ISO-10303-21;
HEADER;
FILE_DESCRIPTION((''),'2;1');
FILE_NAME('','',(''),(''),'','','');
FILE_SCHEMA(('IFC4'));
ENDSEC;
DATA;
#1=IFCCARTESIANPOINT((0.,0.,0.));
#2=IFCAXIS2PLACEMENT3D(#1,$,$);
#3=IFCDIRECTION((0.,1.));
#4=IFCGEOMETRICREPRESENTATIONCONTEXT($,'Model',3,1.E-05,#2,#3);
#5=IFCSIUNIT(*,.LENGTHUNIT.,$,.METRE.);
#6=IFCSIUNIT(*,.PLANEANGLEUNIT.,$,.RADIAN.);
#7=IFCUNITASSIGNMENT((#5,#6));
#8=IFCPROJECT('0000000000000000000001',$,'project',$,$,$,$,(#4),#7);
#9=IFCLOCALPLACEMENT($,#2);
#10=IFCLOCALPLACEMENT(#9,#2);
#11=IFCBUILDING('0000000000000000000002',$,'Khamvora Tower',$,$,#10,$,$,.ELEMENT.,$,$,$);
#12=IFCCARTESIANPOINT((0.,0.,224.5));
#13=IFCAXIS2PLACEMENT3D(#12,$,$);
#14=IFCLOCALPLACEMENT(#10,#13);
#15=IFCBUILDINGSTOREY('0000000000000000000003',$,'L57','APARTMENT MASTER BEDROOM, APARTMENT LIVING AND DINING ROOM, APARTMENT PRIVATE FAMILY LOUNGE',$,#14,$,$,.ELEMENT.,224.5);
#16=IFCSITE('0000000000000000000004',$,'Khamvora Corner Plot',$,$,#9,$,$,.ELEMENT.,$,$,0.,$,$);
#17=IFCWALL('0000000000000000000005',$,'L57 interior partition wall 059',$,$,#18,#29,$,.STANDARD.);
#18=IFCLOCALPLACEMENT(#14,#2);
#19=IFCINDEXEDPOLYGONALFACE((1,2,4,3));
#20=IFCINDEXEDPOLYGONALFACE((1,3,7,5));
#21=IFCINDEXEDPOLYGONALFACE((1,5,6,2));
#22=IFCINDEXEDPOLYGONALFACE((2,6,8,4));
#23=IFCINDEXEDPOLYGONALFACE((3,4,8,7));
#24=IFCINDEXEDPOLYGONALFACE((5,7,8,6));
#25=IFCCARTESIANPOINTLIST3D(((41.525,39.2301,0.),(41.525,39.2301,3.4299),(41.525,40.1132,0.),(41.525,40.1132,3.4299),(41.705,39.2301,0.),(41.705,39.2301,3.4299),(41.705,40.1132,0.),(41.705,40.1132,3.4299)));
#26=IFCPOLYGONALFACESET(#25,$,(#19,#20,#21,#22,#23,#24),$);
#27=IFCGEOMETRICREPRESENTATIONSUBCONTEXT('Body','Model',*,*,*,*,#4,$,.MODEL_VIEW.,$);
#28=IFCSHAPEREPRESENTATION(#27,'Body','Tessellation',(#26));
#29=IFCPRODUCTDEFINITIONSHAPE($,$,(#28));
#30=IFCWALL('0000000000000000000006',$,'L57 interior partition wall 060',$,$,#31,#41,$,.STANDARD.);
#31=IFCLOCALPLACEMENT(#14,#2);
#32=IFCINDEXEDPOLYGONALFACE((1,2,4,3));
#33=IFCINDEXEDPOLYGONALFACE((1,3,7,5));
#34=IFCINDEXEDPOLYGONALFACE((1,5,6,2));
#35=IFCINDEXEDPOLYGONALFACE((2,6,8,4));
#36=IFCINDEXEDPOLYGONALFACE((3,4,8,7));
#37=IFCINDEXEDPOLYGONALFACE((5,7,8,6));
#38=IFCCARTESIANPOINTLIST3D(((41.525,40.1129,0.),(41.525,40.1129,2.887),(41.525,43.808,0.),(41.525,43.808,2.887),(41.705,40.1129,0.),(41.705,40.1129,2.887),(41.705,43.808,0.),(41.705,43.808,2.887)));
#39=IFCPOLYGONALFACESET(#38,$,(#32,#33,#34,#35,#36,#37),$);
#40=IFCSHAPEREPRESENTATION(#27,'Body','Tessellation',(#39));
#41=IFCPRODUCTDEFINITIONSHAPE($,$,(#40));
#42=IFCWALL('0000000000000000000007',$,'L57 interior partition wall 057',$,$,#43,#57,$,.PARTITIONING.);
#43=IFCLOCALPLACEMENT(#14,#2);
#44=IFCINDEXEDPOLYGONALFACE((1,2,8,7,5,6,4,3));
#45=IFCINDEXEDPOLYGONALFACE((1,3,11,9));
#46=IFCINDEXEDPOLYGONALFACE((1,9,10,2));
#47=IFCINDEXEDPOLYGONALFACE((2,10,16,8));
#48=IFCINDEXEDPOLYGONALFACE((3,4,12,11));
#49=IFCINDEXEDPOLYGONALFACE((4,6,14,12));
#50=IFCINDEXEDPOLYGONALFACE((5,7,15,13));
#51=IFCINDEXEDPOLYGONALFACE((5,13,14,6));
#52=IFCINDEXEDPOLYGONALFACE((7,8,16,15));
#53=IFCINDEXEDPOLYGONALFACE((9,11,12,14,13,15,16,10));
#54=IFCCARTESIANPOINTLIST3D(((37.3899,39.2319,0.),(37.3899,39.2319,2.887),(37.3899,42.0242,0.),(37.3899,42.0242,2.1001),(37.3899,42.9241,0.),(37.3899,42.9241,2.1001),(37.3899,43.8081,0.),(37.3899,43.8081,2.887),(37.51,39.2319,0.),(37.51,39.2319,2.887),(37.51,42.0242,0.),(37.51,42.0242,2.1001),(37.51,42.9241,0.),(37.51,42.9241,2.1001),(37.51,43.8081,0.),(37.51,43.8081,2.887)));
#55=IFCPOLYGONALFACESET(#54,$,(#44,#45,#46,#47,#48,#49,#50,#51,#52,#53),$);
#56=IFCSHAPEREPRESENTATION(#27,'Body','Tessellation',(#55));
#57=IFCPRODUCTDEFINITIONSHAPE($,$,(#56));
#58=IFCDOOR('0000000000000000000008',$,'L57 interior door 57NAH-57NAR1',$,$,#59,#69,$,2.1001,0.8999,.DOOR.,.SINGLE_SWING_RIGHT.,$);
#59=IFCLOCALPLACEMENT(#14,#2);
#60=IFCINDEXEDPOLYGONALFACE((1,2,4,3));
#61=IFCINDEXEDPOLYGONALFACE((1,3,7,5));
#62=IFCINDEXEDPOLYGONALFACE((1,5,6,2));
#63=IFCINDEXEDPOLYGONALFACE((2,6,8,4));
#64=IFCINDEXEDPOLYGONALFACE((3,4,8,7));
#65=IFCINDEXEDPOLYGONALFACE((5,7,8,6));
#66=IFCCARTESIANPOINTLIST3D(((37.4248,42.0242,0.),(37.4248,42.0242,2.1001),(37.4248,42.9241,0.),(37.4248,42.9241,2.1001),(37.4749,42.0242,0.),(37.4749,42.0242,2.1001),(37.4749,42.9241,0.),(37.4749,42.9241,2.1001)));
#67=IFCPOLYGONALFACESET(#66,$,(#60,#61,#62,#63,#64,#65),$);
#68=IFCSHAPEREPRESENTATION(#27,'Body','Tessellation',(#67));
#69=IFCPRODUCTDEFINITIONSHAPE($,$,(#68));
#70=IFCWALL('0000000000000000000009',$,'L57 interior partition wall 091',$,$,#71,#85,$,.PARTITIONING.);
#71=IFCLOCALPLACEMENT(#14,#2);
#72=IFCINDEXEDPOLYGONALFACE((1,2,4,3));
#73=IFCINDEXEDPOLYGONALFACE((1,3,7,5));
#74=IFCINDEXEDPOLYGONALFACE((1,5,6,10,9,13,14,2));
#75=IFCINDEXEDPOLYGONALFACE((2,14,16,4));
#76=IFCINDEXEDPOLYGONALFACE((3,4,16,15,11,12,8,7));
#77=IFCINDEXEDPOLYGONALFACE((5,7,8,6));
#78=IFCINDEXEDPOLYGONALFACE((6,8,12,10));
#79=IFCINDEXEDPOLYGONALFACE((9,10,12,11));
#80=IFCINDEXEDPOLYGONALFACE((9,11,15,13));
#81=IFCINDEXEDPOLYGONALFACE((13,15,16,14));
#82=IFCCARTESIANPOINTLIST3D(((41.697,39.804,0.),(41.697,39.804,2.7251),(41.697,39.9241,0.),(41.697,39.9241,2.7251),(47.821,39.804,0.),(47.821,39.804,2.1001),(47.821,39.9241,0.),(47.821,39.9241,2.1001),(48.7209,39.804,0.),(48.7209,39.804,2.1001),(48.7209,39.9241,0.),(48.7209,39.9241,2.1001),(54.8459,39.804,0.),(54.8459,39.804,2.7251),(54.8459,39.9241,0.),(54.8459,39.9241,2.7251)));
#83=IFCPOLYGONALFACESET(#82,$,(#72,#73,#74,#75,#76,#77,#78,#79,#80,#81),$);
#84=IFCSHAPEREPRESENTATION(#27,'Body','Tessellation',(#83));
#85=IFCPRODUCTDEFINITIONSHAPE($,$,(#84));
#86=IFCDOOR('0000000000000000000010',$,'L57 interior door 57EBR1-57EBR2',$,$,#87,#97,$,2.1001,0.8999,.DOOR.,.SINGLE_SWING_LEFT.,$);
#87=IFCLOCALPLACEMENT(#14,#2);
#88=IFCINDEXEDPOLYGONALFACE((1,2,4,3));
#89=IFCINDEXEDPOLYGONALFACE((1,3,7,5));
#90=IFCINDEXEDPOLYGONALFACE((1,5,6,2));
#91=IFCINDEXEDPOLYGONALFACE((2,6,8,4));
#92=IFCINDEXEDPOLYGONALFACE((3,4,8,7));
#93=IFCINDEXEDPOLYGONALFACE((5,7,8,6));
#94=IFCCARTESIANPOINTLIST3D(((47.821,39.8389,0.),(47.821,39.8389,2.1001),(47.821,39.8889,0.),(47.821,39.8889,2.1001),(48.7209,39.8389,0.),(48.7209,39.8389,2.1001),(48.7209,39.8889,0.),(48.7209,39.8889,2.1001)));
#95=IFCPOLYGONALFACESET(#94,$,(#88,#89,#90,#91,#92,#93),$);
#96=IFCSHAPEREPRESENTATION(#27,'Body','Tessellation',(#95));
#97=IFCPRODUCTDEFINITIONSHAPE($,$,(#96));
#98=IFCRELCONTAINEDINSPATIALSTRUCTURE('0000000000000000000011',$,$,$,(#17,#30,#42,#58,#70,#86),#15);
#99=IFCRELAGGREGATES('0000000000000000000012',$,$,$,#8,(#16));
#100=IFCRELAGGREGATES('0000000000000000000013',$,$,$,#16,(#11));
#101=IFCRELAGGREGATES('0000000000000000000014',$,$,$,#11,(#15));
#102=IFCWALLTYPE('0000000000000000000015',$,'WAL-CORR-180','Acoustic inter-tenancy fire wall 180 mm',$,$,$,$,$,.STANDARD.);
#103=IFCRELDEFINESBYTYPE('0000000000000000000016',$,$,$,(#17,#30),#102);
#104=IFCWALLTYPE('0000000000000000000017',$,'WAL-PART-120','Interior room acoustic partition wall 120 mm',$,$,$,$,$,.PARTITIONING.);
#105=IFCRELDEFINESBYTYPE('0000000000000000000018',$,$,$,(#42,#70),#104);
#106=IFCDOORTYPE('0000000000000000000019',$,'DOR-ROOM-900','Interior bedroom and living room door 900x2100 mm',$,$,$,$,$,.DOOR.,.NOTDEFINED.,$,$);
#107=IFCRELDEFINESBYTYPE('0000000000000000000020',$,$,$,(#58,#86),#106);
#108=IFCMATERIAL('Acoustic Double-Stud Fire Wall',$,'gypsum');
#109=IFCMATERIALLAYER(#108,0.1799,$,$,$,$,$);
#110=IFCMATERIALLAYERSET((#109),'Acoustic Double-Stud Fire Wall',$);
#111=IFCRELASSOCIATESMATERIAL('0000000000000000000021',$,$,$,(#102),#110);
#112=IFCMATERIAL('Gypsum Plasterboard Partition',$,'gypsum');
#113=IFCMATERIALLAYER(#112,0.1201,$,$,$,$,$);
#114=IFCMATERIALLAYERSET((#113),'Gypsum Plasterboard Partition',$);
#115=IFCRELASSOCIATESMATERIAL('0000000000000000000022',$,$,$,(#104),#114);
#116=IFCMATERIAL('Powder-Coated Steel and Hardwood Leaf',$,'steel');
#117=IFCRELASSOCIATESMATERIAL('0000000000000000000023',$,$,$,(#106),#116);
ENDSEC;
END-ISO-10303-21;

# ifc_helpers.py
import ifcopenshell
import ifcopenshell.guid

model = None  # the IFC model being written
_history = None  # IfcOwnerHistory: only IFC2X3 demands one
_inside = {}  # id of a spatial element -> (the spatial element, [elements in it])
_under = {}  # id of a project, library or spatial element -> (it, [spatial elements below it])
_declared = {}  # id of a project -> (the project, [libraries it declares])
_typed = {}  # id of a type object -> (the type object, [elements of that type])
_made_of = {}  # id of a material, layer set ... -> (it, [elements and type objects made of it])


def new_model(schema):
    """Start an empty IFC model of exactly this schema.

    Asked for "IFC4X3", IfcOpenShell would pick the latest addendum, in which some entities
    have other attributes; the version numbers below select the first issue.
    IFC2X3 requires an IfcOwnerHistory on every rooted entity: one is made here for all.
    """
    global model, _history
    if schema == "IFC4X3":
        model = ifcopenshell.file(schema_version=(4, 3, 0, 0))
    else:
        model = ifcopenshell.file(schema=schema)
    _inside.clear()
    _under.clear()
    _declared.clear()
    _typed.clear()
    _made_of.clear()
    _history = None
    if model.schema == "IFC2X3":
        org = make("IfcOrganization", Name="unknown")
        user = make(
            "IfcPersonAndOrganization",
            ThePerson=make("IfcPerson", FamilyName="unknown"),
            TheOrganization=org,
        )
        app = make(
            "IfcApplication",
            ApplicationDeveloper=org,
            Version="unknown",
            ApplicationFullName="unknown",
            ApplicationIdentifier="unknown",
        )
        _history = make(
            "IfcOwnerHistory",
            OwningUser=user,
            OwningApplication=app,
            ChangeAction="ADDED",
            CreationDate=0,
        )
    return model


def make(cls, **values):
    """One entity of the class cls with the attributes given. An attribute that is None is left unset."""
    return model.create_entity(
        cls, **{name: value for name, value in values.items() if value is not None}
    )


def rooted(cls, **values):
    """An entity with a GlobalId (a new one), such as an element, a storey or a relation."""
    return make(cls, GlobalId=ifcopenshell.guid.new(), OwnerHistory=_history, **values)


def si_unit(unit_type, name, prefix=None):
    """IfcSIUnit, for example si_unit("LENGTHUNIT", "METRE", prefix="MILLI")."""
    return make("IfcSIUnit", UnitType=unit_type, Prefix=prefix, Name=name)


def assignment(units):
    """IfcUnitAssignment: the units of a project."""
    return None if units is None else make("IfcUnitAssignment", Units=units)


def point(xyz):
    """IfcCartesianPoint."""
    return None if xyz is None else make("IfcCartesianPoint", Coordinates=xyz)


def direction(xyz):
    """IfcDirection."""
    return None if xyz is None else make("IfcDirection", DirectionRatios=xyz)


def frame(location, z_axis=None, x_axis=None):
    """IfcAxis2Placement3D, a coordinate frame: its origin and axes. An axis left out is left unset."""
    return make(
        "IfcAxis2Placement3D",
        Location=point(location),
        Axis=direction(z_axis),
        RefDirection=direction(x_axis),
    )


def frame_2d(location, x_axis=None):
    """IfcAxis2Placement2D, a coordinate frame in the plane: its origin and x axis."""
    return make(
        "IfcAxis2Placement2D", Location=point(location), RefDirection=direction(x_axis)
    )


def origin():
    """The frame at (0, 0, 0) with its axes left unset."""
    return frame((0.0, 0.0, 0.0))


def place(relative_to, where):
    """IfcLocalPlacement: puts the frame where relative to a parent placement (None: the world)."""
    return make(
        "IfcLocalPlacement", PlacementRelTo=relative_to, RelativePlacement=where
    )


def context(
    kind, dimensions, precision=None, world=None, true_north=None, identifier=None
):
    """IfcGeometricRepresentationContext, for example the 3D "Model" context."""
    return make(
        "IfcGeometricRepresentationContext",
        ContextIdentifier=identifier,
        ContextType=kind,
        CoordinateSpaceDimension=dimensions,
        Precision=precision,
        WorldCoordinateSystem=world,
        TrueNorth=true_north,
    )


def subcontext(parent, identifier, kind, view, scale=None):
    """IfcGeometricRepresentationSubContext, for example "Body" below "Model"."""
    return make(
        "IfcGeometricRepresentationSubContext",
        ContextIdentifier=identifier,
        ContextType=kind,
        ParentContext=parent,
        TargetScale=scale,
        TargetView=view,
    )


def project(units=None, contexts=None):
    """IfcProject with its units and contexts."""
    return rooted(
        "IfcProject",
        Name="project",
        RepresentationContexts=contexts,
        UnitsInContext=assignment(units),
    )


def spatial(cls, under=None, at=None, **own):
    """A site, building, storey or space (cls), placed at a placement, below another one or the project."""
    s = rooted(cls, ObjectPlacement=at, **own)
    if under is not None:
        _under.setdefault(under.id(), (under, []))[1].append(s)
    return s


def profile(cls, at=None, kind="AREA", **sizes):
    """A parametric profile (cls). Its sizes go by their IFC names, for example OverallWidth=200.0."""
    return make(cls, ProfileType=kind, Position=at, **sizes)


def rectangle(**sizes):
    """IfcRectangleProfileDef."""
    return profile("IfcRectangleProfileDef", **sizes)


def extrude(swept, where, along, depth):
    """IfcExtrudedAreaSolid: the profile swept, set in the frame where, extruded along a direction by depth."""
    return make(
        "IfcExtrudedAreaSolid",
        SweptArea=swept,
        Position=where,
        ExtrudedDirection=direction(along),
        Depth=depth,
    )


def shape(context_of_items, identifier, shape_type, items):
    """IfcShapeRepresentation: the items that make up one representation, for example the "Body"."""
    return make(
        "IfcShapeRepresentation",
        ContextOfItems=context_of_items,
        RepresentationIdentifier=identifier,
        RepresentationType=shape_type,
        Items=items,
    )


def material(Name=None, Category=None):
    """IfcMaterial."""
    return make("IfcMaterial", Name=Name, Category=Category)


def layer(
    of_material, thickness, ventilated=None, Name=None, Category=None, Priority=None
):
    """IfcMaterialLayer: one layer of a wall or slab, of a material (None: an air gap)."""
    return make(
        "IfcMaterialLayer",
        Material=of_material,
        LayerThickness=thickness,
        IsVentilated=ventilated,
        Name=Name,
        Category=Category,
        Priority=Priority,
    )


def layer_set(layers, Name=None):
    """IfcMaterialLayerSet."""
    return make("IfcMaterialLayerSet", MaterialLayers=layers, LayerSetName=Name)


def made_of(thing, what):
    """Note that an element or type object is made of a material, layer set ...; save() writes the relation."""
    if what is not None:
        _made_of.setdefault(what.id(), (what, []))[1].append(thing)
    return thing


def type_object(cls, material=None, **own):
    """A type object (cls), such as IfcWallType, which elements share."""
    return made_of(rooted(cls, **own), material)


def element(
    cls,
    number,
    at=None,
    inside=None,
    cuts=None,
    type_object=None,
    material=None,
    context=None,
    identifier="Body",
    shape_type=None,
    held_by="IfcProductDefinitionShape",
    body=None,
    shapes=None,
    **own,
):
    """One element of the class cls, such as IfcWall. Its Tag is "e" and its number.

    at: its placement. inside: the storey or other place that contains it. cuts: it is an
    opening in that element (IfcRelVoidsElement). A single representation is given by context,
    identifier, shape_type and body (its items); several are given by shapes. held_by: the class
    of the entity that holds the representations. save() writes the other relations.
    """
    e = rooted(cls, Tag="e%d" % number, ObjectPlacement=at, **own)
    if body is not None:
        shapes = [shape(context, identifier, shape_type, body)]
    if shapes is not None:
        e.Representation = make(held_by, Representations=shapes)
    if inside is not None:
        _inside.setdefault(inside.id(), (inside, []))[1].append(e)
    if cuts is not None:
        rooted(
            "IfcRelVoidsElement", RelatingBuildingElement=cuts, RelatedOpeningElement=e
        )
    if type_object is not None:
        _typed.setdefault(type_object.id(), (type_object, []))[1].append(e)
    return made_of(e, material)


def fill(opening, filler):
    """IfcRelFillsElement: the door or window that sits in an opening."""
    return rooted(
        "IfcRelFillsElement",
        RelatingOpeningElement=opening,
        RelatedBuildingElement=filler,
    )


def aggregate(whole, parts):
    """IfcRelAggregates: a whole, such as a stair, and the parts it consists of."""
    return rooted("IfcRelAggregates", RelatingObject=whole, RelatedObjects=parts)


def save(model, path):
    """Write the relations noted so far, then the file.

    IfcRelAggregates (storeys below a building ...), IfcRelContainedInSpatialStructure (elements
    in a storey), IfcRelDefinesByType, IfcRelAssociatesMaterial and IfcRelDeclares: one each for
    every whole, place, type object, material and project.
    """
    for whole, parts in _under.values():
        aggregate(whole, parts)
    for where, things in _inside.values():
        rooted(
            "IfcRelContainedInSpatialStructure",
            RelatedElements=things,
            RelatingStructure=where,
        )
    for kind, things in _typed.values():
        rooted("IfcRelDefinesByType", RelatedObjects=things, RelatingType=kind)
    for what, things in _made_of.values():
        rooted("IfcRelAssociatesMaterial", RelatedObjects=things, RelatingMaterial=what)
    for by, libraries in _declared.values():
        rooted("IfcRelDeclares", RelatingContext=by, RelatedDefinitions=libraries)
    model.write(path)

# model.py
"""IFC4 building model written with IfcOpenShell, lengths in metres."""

from ifc_helpers import new_model, si_unit, direction, frame, frame_2d, origin, place, context, subcontext, project, spatial, rectangle, extrude, material, layer, layer_set, type_object, element, fill, save


model = new_model("IFC4")

# Units and contexts
model_context = context("Model", 3, precision=1e-05, world=origin(), true_north=direction((0.0, 1.0)))
body_context = subcontext(model_context, "Body", "Model", "MODEL_VIEW")
ifc_project = project(units=[si_unit("LENGTHUNIT", "METRE"), si_unit("PLANEANGLEUNIT", "RADIAN")], contexts=[model_context])

# Site, building, storey
site_placement = place(None, origin())
site = spatial("IfcSite", under=ifc_project, at=site_placement, Name="Khamvora Corner Plot", CompositionType="ELEMENT", RefElevation=0.0)
building_placement = place(site_placement, origin())
building = spatial("IfcBuilding", under=site, at=building_placement, Name="Khamvora Tower", CompositionType="ELEMENT")
storey_placement = place(building_placement, frame((0.0, 0.0, 224.5)))
storey = spatial("IfcBuildingStorey", under=building, at=storey_placement, Name="L57", Description="APARTMENT MASTER BEDROOM, APARTMENT LIVING AND DINING ROOM, APARTMENT PRIVATE FAMILY LOUNGE", CompositionType="ELEMENT", Elevation=224.5)

# Shared definitions
ifc_material_1 = material(Name="Powder-Coated Steel and Hardwood Leaf", Category="steel")

# Walls
ifc_material_2 = material(Name="Acoustic Double-Stud Fire Wall", Category="gypsum")
ifc_layer_1 = layer(ifc_material_2, 0.1799)
ifc_layer_set_1 = layer_set([ifc_layer_1], Name="Acoustic Double-Stud Fire Wall")
wall_type_1 = type_object("IfcWallType", Name="WAL-CORR-180", Description="Acoustic inter-tenancy fire wall 180 mm", PredefinedType="STANDARD", material=ifc_layer_set_1)
wall_1_placement = place(storey_placement, frame((41.615, 40.113, 0.0), z_axis=(0.0, 0.0, 1.0), x_axis=(0.0, -1.0, 0.0)))
element("IfcWall", 1, at=wall_1_placement, inside=storey, type_object=wall_type_1, Name="L57 interior partition wall 059", PredefinedType="STANDARD", context=body_context, shape_type="SweptSolid", body=[
    extrude(rectangle(XDim=0.8831, YDim=0.1799, at=frame_2d((0.4414, 0.0))), origin(), (0.0, 0.0, 1.0), 3.4299),
])
wall_2_placement = place(storey_placement, frame((41.615, 43.8081, 0.0), z_axis=(0.0, 0.0, 1.0), x_axis=(0.0, -1.0, 0.0)))
element("IfcWall", 2, at=wall_2_placement, inside=storey, type_object=wall_type_1, Name="L57 interior partition wall 060", PredefinedType="STANDARD", context=body_context, shape_type="SweptSolid", body=[
    extrude(rectangle(XDim=3.6951, YDim=0.1799, at=frame_2d((1.8477, 0.0))), origin(), (0.0, 0.0, 1.0), 2.887),
])

# Walls, openings, doors
ifc_material_3 = material(Name="Gypsum Plasterboard Partition", Category="gypsum")
ifc_layer_2 = layer(ifc_material_3, 0.1201)
ifc_layer_set_2 = layer_set([ifc_layer_2], Name="Gypsum Plasterboard Partition")
wall_type_2 = type_object("IfcWallType", Name="WAL-PART-120", Description="Interior room acoustic partition wall 120 mm", PredefinedType="PARTITIONING", material=ifc_layer_set_2)
wall_3_placement = place(storey_placement, frame((37.45, 43.8081, 0.0), z_axis=(0.0, 0.0, 1.0), x_axis=(0.0, -1.0, 0.0)))
wall_3 = element("IfcWall", 3, at=wall_3_placement, inside=storey, type_object=wall_type_2, Name="L57 interior partition wall 057", PredefinedType="PARTITIONING", context=body_context, shape_type="SweptSolid", body=[
    extrude(rectangle(XDim=4.5762, YDim=0.1201, at=frame_2d((2.2881, 0.0))), origin(), (0.0, 0.0, 1.0), 2.887),
])
opening_1_placement = place(wall_3_placement, frame((0.884, 0.0, 0.0)))
opening_1 = element("IfcOpeningElement", 4, at=opening_1_placement, cuts=wall_3, PredefinedType="OPENING", context=body_context, shape_type="SweptSolid", body=[
    extrude(rectangle(XDim=0.8999, YDim=2.1001, at=frame_2d((0.45, 1.05))), frame((0.0, 0.0701, 0.0), z_axis=(0.0, -1.0, 0.0), x_axis=(1.0, 0.0, 0.0)), (0.0, 0.0, 1.0), 0.1401),
])
door_type_1 = type_object("IfcDoorType", Name="DOR-ROOM-900", Description="Interior bedroom and living room door 900x2100 mm", OperationType="NOTDEFINED", PredefinedType="DOOR", material=ifc_material_1)
door_1_placement = place(opening_1_placement, origin())
door_1 = element("IfcDoor", 5, at=door_1_placement, inside=storey, type_object=door_type_1, Name="L57 interior door 57NAH-57NAR1", OperationType="SINGLE_SWING_RIGHT", OverallHeight=2.1001, OverallWidth=0.8999, PredefinedType="DOOR", context=body_context, shape_type="SweptSolid", body=[
    extrude(rectangle(XDim=0.8999, YDim=2.1001, at=frame_2d((0.45, 1.05))), frame((0.0, 0.0249, 0.0), z_axis=(0.0, -1.0, 0.0), x_axis=(1.0, 0.0, 0.0)), (0.0, 0.0, 1.0), 0.05),
])
fill(opening_1, door_1)
wall_4_placement = place(storey_placement, frame((41.697, 39.864, 0.0), z_axis=(0.0, 0.0, 1.0), x_axis=(1.0, 0.0, 0.0)))
wall_4 = element("IfcWall", 6, at=wall_4_placement, inside=storey, type_object=wall_type_2, Name="L57 interior partition wall 091", PredefinedType="PARTITIONING", context=body_context, shape_type="SweptSolid", body=[
    extrude(rectangle(XDim=13.1489, YDim=0.1201, at=frame_2d((6.5745, 0.0))), origin(), (0.0, 0.0, 1.0), 2.7251),
])
opening_2_placement = place(wall_4_placement, frame((6.124, 0.0, 0.0)))
opening_2 = element("IfcOpeningElement", 7, at=opening_2_placement, cuts=wall_4, PredefinedType="OPENING", context=body_context, shape_type="SweptSolid", body=[
    extrude(rectangle(XDim=0.8999, YDim=2.1001, at=frame_2d((0.45, 1.05))), frame((0.0, 0.0701, 0.0), z_axis=(0.0, -1.0, 0.0), x_axis=(1.0, 0.0, 0.0)), (0.0, 0.0, 1.0), 0.1401),
])
door_2_placement = place(opening_2_placement, origin())
door_2 = element("IfcDoor", 8, at=door_2_placement, inside=storey, type_object=door_type_1, Name="L57 interior door 57EBR1-57EBR2", OperationType="SINGLE_SWING_LEFT", OverallHeight=2.1001, OverallWidth=0.8999, PredefinedType="DOOR", context=body_context, shape_type="SweptSolid", body=[
    extrude(rectangle(XDim=0.8999, YDim=2.1001, at=frame_2d((0.45, 1.05))), frame((0.0, 0.0249, 0.0), z_axis=(0.0, -1.0, 0.0), x_axis=(1.0, 0.0, 0.0)), (0.0, 0.0, 1.0), 0.05),
])
fill(opening_2, door_2)

save(model, "model.ifc")
